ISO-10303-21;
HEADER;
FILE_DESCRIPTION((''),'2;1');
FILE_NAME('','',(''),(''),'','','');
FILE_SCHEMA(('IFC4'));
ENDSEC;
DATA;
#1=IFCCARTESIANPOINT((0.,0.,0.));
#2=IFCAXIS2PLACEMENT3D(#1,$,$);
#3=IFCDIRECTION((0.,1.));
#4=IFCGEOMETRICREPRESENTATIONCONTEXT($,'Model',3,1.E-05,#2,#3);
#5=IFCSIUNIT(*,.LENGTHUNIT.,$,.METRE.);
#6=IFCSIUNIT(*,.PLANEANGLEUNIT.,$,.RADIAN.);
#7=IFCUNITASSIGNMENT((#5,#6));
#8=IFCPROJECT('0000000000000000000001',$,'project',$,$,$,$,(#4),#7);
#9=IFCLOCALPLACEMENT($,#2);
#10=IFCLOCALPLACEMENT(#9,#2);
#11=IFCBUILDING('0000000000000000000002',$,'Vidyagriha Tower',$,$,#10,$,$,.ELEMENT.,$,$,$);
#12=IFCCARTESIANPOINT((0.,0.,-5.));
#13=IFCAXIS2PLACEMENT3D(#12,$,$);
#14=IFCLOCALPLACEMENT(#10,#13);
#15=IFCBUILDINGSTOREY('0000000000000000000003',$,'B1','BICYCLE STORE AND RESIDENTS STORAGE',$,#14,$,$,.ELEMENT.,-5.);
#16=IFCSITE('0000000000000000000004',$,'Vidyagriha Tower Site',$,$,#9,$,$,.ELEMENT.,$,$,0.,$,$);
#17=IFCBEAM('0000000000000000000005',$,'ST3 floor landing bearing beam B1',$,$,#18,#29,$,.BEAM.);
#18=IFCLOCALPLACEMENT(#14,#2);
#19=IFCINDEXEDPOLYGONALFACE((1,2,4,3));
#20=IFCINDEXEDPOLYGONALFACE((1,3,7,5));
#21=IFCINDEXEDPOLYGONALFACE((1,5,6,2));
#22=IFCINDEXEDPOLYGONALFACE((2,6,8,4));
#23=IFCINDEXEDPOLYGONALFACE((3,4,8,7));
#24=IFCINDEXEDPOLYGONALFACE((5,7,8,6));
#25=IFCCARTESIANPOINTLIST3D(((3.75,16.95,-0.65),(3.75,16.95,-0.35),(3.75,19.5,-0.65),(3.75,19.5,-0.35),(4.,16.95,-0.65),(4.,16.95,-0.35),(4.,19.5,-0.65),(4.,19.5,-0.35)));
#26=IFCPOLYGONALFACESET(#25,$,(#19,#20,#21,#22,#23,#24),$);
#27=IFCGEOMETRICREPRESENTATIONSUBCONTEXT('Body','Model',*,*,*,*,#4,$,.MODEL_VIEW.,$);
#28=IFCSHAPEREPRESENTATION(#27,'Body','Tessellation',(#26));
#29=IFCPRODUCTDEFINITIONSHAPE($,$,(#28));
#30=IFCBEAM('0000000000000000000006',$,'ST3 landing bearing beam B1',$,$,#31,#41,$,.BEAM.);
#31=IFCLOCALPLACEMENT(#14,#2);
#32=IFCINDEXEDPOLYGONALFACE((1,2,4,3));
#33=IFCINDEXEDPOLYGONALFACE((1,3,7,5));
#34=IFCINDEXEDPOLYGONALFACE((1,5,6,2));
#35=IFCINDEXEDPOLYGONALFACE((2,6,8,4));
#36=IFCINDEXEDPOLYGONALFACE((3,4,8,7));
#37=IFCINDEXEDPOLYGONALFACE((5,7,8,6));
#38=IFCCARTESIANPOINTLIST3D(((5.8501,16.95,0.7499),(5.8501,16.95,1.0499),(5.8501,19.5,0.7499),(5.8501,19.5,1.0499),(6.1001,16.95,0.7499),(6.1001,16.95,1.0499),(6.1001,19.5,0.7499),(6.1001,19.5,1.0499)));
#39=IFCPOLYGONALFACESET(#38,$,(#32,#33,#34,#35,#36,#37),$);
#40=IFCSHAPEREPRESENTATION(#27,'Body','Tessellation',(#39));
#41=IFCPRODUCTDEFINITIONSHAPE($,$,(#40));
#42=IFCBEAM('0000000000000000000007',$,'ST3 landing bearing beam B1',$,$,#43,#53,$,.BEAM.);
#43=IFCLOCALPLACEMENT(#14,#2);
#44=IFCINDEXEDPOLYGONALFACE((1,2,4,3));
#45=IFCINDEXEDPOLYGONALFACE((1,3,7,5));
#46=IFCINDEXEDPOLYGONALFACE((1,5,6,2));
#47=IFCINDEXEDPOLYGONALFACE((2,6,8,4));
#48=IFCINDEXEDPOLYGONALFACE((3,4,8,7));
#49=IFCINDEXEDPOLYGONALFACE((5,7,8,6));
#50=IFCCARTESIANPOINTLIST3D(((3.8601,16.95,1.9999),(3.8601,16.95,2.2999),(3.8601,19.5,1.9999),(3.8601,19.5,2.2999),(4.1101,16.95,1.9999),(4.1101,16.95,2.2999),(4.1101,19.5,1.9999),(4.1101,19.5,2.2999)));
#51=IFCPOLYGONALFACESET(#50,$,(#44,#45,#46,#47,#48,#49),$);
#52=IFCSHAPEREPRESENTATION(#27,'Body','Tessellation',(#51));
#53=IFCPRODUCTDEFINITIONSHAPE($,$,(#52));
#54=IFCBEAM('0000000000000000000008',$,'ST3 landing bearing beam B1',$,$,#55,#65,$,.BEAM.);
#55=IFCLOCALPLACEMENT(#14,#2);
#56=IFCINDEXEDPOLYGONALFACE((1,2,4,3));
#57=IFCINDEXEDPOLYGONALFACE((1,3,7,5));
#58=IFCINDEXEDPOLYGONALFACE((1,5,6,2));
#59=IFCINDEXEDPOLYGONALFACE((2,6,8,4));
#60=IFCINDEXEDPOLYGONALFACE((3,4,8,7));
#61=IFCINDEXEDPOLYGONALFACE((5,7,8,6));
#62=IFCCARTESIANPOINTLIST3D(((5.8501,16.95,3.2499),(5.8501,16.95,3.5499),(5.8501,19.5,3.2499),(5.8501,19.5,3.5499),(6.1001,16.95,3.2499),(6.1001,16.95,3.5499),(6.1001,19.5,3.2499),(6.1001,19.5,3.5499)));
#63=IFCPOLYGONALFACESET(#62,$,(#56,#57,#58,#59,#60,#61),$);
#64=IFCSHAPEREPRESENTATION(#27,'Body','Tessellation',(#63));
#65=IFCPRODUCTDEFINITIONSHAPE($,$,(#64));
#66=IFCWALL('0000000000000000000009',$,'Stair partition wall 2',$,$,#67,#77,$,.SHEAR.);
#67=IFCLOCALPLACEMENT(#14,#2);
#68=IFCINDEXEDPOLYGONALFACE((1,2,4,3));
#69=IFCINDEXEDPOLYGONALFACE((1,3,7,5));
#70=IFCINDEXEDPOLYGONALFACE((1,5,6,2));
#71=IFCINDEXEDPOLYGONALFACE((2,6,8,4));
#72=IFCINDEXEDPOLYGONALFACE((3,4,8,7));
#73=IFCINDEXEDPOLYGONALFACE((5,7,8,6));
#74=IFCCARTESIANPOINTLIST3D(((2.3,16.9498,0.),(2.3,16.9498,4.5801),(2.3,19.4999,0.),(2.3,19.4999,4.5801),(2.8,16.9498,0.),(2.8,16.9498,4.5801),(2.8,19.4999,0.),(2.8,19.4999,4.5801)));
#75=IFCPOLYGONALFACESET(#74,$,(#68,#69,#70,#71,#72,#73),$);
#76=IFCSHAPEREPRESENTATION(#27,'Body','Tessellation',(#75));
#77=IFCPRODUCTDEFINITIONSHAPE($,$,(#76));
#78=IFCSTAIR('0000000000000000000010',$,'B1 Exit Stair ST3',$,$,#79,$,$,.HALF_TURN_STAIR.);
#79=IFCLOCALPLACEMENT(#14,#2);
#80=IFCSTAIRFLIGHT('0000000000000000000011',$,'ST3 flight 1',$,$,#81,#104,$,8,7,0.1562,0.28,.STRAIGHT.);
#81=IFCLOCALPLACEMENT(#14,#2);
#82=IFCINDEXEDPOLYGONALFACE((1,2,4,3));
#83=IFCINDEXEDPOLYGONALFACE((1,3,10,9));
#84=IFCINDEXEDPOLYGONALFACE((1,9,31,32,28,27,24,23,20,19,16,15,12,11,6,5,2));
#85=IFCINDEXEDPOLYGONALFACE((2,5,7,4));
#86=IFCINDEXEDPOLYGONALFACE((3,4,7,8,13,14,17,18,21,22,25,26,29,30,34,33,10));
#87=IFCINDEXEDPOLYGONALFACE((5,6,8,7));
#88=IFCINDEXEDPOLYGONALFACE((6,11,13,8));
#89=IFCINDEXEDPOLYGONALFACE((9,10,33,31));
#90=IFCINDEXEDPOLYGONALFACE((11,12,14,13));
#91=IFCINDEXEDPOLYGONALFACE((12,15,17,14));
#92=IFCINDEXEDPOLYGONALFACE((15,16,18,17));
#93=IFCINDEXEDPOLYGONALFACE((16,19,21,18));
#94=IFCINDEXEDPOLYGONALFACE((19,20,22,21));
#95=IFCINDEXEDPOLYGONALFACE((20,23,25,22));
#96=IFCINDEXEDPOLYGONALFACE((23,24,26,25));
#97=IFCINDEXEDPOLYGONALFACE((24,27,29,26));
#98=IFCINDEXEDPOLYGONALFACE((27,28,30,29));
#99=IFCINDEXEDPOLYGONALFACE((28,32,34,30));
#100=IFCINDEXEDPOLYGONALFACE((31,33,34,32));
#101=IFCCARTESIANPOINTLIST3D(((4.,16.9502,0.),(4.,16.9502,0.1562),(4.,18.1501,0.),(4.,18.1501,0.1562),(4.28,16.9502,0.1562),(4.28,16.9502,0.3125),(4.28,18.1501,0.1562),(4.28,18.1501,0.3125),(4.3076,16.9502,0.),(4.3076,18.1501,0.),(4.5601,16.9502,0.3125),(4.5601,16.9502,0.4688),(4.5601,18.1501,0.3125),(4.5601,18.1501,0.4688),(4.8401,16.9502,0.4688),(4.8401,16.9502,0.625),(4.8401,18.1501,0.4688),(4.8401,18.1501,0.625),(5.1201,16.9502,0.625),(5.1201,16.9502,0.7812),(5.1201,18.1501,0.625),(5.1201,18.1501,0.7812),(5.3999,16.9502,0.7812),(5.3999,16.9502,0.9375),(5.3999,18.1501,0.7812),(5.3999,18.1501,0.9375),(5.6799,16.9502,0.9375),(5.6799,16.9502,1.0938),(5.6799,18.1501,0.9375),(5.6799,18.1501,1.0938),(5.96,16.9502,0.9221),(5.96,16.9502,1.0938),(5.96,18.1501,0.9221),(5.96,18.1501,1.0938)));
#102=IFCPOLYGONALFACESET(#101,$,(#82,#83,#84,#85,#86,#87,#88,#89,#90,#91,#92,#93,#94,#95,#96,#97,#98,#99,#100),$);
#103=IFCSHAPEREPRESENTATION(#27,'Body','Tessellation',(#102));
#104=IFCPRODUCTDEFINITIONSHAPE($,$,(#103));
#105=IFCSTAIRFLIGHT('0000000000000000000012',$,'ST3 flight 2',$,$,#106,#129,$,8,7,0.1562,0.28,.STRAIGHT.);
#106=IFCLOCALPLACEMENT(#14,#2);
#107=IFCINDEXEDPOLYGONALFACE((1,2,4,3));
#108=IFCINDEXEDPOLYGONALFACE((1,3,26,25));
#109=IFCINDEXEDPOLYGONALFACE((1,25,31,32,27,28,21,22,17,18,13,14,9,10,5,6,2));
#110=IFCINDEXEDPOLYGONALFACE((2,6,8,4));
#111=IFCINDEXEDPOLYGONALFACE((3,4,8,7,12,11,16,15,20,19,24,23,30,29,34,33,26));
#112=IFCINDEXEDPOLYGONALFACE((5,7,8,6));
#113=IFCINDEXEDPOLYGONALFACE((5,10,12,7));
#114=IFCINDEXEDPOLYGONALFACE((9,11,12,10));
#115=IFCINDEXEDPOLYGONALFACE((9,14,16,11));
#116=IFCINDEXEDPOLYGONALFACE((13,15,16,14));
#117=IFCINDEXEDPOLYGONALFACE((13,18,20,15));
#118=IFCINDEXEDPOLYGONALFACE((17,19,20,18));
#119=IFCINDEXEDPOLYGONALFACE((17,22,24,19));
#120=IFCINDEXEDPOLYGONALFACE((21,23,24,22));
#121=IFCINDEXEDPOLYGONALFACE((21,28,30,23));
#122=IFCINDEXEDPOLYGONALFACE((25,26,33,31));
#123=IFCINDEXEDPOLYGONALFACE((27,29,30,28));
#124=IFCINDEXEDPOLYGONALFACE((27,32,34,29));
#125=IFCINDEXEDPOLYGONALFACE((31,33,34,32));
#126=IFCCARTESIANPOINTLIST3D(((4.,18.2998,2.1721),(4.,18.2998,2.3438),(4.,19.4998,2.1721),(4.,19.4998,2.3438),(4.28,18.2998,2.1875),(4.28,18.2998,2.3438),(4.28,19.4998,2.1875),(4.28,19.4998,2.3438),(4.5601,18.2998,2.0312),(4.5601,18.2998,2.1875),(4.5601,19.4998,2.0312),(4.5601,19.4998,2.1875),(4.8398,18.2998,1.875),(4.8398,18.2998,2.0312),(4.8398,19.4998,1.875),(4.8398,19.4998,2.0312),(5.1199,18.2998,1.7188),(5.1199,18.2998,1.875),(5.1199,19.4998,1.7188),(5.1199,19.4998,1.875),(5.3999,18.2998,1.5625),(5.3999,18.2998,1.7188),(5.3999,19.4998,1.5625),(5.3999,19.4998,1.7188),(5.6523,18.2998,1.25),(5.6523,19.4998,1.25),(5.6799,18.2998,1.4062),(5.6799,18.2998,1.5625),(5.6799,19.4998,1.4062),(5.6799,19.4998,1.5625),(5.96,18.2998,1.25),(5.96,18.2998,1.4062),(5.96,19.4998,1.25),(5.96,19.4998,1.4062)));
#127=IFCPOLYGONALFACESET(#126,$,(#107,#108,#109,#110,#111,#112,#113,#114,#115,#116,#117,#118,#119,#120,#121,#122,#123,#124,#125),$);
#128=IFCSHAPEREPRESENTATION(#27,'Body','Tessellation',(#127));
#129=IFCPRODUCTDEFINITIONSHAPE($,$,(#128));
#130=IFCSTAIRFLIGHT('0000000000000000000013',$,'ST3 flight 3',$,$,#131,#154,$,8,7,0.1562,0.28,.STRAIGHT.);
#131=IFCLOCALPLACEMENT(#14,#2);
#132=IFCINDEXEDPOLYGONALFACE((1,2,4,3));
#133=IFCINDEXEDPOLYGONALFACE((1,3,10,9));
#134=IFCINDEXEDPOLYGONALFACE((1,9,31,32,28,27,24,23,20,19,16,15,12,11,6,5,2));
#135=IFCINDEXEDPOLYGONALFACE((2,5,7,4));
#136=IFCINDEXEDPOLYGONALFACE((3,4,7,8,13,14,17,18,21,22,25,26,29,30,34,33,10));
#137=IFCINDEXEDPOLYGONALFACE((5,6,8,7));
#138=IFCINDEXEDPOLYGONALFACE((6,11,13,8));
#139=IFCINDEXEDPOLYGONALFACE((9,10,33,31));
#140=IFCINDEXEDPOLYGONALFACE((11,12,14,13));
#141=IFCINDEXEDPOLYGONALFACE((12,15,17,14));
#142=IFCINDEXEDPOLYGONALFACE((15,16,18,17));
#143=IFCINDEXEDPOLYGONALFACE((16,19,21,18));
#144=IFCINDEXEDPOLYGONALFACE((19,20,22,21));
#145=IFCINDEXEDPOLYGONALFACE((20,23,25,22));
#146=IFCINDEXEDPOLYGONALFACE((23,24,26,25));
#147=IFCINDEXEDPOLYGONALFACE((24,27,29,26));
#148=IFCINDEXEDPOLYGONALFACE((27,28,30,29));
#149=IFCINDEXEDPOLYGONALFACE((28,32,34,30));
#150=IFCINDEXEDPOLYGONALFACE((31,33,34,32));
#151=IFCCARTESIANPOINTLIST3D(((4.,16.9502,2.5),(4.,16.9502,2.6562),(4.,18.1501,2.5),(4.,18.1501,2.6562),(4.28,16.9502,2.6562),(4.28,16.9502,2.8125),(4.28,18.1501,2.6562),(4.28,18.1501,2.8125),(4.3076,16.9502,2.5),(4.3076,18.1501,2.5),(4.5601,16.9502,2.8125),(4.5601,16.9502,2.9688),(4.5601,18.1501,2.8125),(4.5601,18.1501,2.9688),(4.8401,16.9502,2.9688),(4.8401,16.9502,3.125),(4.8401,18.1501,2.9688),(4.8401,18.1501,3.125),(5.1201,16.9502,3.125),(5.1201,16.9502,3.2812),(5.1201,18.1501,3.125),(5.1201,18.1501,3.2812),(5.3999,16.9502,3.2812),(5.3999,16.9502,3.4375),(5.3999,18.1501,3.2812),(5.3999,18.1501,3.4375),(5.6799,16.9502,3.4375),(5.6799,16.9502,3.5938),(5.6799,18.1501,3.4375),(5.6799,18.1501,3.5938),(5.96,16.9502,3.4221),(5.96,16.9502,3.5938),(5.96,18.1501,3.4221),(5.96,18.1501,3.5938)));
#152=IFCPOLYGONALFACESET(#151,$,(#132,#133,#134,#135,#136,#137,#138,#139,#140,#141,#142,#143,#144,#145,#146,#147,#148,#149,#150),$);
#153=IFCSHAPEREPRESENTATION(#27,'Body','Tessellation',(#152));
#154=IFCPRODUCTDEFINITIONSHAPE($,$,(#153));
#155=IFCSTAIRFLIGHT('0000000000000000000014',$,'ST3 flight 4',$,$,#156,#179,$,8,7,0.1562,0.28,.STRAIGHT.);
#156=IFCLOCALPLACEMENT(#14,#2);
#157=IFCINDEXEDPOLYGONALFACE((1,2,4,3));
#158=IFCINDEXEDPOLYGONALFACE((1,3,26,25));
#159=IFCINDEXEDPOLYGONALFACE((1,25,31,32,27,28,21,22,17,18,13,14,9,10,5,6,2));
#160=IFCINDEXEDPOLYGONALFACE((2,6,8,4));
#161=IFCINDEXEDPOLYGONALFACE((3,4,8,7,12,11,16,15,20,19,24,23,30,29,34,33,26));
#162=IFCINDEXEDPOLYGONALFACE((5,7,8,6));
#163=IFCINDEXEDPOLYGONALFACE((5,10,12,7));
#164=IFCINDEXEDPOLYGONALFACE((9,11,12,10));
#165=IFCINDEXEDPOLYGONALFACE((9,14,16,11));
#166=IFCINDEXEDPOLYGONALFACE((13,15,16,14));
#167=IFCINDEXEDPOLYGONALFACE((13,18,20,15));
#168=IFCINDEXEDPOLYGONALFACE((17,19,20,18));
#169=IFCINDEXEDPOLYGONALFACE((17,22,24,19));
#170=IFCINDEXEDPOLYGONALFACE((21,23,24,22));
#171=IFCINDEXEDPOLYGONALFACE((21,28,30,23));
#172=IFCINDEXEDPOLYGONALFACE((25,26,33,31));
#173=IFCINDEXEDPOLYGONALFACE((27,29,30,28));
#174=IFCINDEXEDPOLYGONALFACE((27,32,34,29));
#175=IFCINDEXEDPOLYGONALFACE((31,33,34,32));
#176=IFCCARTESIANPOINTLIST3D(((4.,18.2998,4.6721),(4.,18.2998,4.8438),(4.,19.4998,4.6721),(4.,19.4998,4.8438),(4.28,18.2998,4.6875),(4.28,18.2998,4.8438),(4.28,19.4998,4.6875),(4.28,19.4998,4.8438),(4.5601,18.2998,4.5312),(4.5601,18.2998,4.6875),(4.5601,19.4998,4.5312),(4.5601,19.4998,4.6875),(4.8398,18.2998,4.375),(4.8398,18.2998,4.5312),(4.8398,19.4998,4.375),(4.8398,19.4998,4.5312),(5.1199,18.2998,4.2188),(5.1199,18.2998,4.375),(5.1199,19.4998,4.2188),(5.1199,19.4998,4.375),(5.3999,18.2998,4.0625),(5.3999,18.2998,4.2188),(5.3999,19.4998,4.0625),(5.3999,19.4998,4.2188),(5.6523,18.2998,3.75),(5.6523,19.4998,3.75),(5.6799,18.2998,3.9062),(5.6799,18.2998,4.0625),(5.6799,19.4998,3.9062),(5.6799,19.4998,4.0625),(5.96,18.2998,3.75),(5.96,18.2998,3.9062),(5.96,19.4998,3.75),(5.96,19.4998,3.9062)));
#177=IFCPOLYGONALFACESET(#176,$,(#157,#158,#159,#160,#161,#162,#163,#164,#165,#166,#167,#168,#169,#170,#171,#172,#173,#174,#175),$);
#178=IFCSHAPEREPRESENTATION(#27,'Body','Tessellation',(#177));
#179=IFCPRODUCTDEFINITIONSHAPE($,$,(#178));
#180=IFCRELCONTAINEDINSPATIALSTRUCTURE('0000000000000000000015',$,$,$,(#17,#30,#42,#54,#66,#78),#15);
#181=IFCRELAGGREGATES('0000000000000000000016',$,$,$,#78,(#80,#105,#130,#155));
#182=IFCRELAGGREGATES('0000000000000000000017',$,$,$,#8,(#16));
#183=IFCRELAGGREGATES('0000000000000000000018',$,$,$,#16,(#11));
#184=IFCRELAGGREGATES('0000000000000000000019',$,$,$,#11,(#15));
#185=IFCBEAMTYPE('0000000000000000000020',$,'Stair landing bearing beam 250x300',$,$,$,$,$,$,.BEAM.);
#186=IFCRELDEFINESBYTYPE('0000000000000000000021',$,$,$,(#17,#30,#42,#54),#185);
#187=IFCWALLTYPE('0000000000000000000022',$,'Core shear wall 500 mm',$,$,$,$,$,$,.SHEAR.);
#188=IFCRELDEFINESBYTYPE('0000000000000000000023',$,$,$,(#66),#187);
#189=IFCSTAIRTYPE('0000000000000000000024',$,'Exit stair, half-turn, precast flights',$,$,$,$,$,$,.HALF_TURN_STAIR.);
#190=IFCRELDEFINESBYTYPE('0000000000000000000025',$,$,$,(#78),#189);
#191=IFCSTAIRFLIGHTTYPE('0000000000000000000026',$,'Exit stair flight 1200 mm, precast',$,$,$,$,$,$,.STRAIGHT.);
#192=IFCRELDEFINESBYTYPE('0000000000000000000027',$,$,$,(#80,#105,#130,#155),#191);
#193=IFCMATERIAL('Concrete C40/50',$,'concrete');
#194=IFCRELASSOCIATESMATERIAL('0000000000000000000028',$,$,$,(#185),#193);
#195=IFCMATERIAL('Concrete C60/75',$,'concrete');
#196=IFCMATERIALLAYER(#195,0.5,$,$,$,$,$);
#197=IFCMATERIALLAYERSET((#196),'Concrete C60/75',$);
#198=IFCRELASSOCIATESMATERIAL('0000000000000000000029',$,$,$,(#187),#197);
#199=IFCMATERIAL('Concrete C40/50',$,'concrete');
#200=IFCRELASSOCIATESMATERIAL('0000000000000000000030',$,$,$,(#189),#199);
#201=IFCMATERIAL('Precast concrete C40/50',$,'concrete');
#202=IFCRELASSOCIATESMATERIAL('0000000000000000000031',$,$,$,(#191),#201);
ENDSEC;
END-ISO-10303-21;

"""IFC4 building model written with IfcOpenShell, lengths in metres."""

from ifc_helpers import new_model, si_unit, direction, frame, frame_2d, origin, origin_2d, place, context, subcontext, project, spatial, polyline, rectangle, outline, extrude, material, layer, layer_set, material_profile, profile_set, type_object, element, aggregate, save


model = new_model("IFC4")

# Units and contexts
model_context = context("Model", 3, precision=1e-05, world=origin(), true_north=direction((0.0, 1.0)))
body_context = subcontext(model_context, "Body", "Model", "MODEL_VIEW")
ifc_project = project(units=[si_unit("LENGTHUNIT", "METRE"), si_unit("PLANEANGLEUNIT", "RADIAN")], contexts=[model_context])

# Site, building, storey
site_placement = place(None, origin())
site = spatial("IfcSite", under=ifc_project, at=site_placement, Name="Vidyagriha Tower Site", CompositionType="ELEMENT", RefElevation=0.0)
building_placement = place(site_placement, origin())
building = spatial("IfcBuilding", under=site, at=building_placement, Name="Vidyagriha Tower", CompositionType="ELEMENT")
storey_placement = place(building_placement, frame((0.0, 0.0, -5.0)))
storey = spatial("IfcBuildingStorey", under=building, at=storey_placement, Name="B1", Description="BICYCLE STORE AND RESIDENTS STORAGE", CompositionType="ELEMENT", Elevation=-5.0)

# Beams
ifc_material_1 = material(Name="Concrete C40/50", Category="concrete")
ifc_material_profile = material_profile(ifc_material_1, rectangle(XDim=0.25, YDim=0.3, at=origin_2d()), Name="Stair landing bearing beam 250x300")
ifc_profile_set = profile_set([ifc_material_profile], Name="Concrete C40/50")
beam_type = type_object("IfcBeamType", Name="Stair landing bearing beam 250x300", PredefinedType="BEAM", material=ifc_profile_set)
for number, where, z_axis, x_axis, name in (
    (1, (3.875, 16.95, -0.5), (0.0, 1.0, 0.0), (-1.0, 0.0, 0.0), "ST3 floor landing bearing beam B1"),
    (2, (5.9751, 16.95, 0.8999), (0.0, 1.0, 0.0), (-1.0, 0.0, 0.0), "ST3 landing bearing beam B1"),
    (3, (3.9851, 16.95, 2.1499), (0.0, 1.0, 0.0), (-1.0, 0.0, 0.0), "ST3 landing bearing beam B1"),
    (4, (5.9751, 16.95, 3.3999), (0.0, 1.0, 0.0), (-1.0, 0.0, 0.0), "ST3 landing bearing beam B1"),
):
    element("IfcBeam", number, at=place(storey_placement, frame(where, z_axis=z_axis, x_axis=x_axis)), inside=storey, type_object=beam_type, Name=name, PredefinedType="BEAM", context=body_context, shape_type="SweptSolid", body=[
        extrude(rectangle(XDim=0.25, YDim=0.3, at=origin_2d()), origin(), (0.0, 0.0, 1.0), 2.55),
    ])

# Wall
ifc_material_2 = material(Name="Concrete C60/75", Category="concrete")
ifc_layer = layer(ifc_material_2, 0.5)
ifc_layer_set = layer_set([ifc_layer], Name="Concrete C60/75")
wall_type = type_object("IfcWallType", Name="Core shear wall 500 mm", PredefinedType="SHEAR", material=ifc_layer_set)
wall_placement = place(storey_placement, frame((2.55, 16.95, 0.0), z_axis=(0.0, 0.0, 1.0), x_axis=(0.0, 1.0, 0.0)))
element("IfcWall", 5, at=wall_placement, inside=storey, type_object=wall_type, Name="Stair partition wall 2", PredefinedType="SHEAR", context=body_context, shape_type="SweptSolid", body=[
    extrude(rectangle(XDim=2.55, YDim=0.5, at=frame_2d((1.2749, 0.0))), origin(), (0.0, 0.0, 1.0), 4.5801),
])

# Stair, stair flights
ifc_material_3 = material(Name="Concrete C40/50", Category="concrete")
stair_type = type_object("IfcStairType", Name="Exit stair, half-turn, precast flights", PredefinedType="HALF_TURN_STAIR", material=ifc_material_3)
stair_placement = place(storey_placement, origin())
stair = element("IfcStair", 6, at=stair_placement, inside=storey, type_object=stair_type, Name="B1 Exit Stair ST3", PredefinedType="HALF_TURN_STAIR")
ifc_material_4 = material(Name="Precast concrete C40/50", Category="concrete")
stair_flight_type = type_object("IfcStairFlightType", Name="Exit stair flight 1200 mm, precast", PredefinedType="STRAIGHT", material=ifc_material_4)
stair_flight_1_placement = place(storey_placement, frame((4.0, 17.55, 0.0)))
stair_flight_1 = element("IfcStairFlight", 7, at=stair_flight_1_placement, type_object=stair_flight_type, Name="ST3 flight 1", NumberOfRisers=8, NumberOfTreads=7, PredefinedType="STRAIGHT", RiserHeight=0.1562, TreadLength=0.28, context=body_context, shape_type="SweptSolid", body=[
    extrude(outline(polyline([(0.0, 0.0), (0.0, 0.1562), (0.28, 0.1562), (0.28, 0.3125), (0.5601, 0.3125), (0.5601, 0.4688), (0.8401, 0.4688), (0.8401, 0.625), (1.1201, 0.625), (1.1201, 0.7812), (1.3999, 0.7812), (1.3999, 0.9375), (1.6799, 0.9375), (1.6799, 1.0938), (1.96, 1.0938), (1.96, 1.25), (1.96, 0.9221), (0.3076, 0.0), (0.0, 0.0)])), frame((0.0, 0.6001, 0.0), z_axis=(0.0, -1.0, 0.0), x_axis=(1.0, 0.0, 0.0)), (0.0, 0.0, 1.0), 1.2),
])
stair_flight_2_placement = place(storey_placement, frame((5.96, 18.8999, 1.25), z_axis=(0.0, 0.0, 1.0), x_axis=(-1.0, 0.0, 0.0)))
stair_flight_2 = element("IfcStairFlight", 8, at=stair_flight_2_placement, type_object=stair_flight_type, Name="ST3 flight 2", NumberOfRisers=8, NumberOfTreads=7, PredefinedType="STRAIGHT", RiserHeight=0.1562, TreadLength=0.28, context=body_context, shape_type="SweptSolid", body=[
    extrude(outline(polyline([(0.0, 0.0), (0.0, 0.1562), (0.28, 0.1562), (0.28, 0.3125), (0.5601, 0.3125), (0.5601, 0.4688), (0.8401, 0.4688), (0.8401, 0.625), (1.1201, 0.625), (1.1201, 0.7812), (1.3999, 0.7812), (1.3999, 0.9375), (1.6799, 0.9375), (1.6799, 1.0938), (1.96, 1.0938), (1.96, 1.25), (1.96, 0.9221), (0.3076, 0.0), (0.0, 0.0)])), frame((0.0, 0.6001, 0.0), z_axis=(0.0, -1.0, 0.0), x_axis=(1.0, 0.0, 0.0)), (0.0, 0.0, 1.0), 1.2),
])
stair_flight_3_placement = place(storey_placement, frame((4.0, 17.55, 2.5)))
stair_flight_3 = element("IfcStairFlight", 9, at=stair_flight_3_placement, type_object=stair_flight_type, Name="ST3 flight 3", NumberOfRisers=8, NumberOfTreads=7, PredefinedType="STRAIGHT", RiserHeight=0.1562, TreadLength=0.28, context=body_context, shape_type="SweptSolid", body=[
    extrude(outline(polyline([(0.0, 0.0), (0.0, 0.1562), (0.28, 0.1562), (0.28, 0.3125), (0.5601, 0.3125), (0.5601, 0.4688), (0.8401, 0.4688), (0.8401, 0.625), (1.1201, 0.625), (1.1201, 0.7812), (1.3999, 0.7812), (1.3999, 0.9375), (1.6799, 0.9375), (1.6799, 1.0938), (1.96, 1.0938), (1.96, 1.25), (1.96, 0.9221), (0.3076, 0.0), (0.0, 0.0)])), frame((0.0, 0.6001, 0.0), z_axis=(0.0, -1.0, 0.0), x_axis=(1.0, 0.0, 0.0)), (0.0, 0.0, 1.0), 1.2),
])
stair_flight_4_placement = place(storey_placement, frame((5.96, 18.8999, 3.75), z_axis=(0.0, 0.0, 1.0), x_axis=(-1.0, 0.0, 0.0)))
stair_flight_4 = element("IfcStairFlight", 10, at=stair_flight_4_placement, type_object=stair_flight_type, Name="ST3 flight 4", NumberOfRisers=8, NumberOfTreads=7, PredefinedType="STRAIGHT", RiserHeight=0.1562, TreadLength=0.28, context=body_context, shape_type="SweptSolid", body=[
    extrude(outline(polyline([(0.0, 0.0), (0.0, 0.1562), (0.28, 0.1562), (0.28, 0.3125), (0.5601, 0.3125), (0.5601, 0.4688), (0.8401, 0.4688), (0.8401, 0.625), (1.1201, 0.625), (1.1201, 0.7812), (1.3999, 0.7812), (1.3999, 0.9375), (1.6799, 0.9375), (1.6799, 1.0938), (1.96, 1.0938), (1.96, 1.25), (1.96, 0.9221), (0.3076, 0.0), (0.0, 0.0)])), frame((0.0, 0.6001, 0.0), z_axis=(0.0, -1.0, 0.0), x_axis=(1.0, 0.0, 0.0)), (0.0, 0.0, 1.0), 1.2),
])
aggregate(stair, [stair_flight_1, stair_flight_2, stair_flight_3, stair_flight_4])

save(model, "model.ifc")
